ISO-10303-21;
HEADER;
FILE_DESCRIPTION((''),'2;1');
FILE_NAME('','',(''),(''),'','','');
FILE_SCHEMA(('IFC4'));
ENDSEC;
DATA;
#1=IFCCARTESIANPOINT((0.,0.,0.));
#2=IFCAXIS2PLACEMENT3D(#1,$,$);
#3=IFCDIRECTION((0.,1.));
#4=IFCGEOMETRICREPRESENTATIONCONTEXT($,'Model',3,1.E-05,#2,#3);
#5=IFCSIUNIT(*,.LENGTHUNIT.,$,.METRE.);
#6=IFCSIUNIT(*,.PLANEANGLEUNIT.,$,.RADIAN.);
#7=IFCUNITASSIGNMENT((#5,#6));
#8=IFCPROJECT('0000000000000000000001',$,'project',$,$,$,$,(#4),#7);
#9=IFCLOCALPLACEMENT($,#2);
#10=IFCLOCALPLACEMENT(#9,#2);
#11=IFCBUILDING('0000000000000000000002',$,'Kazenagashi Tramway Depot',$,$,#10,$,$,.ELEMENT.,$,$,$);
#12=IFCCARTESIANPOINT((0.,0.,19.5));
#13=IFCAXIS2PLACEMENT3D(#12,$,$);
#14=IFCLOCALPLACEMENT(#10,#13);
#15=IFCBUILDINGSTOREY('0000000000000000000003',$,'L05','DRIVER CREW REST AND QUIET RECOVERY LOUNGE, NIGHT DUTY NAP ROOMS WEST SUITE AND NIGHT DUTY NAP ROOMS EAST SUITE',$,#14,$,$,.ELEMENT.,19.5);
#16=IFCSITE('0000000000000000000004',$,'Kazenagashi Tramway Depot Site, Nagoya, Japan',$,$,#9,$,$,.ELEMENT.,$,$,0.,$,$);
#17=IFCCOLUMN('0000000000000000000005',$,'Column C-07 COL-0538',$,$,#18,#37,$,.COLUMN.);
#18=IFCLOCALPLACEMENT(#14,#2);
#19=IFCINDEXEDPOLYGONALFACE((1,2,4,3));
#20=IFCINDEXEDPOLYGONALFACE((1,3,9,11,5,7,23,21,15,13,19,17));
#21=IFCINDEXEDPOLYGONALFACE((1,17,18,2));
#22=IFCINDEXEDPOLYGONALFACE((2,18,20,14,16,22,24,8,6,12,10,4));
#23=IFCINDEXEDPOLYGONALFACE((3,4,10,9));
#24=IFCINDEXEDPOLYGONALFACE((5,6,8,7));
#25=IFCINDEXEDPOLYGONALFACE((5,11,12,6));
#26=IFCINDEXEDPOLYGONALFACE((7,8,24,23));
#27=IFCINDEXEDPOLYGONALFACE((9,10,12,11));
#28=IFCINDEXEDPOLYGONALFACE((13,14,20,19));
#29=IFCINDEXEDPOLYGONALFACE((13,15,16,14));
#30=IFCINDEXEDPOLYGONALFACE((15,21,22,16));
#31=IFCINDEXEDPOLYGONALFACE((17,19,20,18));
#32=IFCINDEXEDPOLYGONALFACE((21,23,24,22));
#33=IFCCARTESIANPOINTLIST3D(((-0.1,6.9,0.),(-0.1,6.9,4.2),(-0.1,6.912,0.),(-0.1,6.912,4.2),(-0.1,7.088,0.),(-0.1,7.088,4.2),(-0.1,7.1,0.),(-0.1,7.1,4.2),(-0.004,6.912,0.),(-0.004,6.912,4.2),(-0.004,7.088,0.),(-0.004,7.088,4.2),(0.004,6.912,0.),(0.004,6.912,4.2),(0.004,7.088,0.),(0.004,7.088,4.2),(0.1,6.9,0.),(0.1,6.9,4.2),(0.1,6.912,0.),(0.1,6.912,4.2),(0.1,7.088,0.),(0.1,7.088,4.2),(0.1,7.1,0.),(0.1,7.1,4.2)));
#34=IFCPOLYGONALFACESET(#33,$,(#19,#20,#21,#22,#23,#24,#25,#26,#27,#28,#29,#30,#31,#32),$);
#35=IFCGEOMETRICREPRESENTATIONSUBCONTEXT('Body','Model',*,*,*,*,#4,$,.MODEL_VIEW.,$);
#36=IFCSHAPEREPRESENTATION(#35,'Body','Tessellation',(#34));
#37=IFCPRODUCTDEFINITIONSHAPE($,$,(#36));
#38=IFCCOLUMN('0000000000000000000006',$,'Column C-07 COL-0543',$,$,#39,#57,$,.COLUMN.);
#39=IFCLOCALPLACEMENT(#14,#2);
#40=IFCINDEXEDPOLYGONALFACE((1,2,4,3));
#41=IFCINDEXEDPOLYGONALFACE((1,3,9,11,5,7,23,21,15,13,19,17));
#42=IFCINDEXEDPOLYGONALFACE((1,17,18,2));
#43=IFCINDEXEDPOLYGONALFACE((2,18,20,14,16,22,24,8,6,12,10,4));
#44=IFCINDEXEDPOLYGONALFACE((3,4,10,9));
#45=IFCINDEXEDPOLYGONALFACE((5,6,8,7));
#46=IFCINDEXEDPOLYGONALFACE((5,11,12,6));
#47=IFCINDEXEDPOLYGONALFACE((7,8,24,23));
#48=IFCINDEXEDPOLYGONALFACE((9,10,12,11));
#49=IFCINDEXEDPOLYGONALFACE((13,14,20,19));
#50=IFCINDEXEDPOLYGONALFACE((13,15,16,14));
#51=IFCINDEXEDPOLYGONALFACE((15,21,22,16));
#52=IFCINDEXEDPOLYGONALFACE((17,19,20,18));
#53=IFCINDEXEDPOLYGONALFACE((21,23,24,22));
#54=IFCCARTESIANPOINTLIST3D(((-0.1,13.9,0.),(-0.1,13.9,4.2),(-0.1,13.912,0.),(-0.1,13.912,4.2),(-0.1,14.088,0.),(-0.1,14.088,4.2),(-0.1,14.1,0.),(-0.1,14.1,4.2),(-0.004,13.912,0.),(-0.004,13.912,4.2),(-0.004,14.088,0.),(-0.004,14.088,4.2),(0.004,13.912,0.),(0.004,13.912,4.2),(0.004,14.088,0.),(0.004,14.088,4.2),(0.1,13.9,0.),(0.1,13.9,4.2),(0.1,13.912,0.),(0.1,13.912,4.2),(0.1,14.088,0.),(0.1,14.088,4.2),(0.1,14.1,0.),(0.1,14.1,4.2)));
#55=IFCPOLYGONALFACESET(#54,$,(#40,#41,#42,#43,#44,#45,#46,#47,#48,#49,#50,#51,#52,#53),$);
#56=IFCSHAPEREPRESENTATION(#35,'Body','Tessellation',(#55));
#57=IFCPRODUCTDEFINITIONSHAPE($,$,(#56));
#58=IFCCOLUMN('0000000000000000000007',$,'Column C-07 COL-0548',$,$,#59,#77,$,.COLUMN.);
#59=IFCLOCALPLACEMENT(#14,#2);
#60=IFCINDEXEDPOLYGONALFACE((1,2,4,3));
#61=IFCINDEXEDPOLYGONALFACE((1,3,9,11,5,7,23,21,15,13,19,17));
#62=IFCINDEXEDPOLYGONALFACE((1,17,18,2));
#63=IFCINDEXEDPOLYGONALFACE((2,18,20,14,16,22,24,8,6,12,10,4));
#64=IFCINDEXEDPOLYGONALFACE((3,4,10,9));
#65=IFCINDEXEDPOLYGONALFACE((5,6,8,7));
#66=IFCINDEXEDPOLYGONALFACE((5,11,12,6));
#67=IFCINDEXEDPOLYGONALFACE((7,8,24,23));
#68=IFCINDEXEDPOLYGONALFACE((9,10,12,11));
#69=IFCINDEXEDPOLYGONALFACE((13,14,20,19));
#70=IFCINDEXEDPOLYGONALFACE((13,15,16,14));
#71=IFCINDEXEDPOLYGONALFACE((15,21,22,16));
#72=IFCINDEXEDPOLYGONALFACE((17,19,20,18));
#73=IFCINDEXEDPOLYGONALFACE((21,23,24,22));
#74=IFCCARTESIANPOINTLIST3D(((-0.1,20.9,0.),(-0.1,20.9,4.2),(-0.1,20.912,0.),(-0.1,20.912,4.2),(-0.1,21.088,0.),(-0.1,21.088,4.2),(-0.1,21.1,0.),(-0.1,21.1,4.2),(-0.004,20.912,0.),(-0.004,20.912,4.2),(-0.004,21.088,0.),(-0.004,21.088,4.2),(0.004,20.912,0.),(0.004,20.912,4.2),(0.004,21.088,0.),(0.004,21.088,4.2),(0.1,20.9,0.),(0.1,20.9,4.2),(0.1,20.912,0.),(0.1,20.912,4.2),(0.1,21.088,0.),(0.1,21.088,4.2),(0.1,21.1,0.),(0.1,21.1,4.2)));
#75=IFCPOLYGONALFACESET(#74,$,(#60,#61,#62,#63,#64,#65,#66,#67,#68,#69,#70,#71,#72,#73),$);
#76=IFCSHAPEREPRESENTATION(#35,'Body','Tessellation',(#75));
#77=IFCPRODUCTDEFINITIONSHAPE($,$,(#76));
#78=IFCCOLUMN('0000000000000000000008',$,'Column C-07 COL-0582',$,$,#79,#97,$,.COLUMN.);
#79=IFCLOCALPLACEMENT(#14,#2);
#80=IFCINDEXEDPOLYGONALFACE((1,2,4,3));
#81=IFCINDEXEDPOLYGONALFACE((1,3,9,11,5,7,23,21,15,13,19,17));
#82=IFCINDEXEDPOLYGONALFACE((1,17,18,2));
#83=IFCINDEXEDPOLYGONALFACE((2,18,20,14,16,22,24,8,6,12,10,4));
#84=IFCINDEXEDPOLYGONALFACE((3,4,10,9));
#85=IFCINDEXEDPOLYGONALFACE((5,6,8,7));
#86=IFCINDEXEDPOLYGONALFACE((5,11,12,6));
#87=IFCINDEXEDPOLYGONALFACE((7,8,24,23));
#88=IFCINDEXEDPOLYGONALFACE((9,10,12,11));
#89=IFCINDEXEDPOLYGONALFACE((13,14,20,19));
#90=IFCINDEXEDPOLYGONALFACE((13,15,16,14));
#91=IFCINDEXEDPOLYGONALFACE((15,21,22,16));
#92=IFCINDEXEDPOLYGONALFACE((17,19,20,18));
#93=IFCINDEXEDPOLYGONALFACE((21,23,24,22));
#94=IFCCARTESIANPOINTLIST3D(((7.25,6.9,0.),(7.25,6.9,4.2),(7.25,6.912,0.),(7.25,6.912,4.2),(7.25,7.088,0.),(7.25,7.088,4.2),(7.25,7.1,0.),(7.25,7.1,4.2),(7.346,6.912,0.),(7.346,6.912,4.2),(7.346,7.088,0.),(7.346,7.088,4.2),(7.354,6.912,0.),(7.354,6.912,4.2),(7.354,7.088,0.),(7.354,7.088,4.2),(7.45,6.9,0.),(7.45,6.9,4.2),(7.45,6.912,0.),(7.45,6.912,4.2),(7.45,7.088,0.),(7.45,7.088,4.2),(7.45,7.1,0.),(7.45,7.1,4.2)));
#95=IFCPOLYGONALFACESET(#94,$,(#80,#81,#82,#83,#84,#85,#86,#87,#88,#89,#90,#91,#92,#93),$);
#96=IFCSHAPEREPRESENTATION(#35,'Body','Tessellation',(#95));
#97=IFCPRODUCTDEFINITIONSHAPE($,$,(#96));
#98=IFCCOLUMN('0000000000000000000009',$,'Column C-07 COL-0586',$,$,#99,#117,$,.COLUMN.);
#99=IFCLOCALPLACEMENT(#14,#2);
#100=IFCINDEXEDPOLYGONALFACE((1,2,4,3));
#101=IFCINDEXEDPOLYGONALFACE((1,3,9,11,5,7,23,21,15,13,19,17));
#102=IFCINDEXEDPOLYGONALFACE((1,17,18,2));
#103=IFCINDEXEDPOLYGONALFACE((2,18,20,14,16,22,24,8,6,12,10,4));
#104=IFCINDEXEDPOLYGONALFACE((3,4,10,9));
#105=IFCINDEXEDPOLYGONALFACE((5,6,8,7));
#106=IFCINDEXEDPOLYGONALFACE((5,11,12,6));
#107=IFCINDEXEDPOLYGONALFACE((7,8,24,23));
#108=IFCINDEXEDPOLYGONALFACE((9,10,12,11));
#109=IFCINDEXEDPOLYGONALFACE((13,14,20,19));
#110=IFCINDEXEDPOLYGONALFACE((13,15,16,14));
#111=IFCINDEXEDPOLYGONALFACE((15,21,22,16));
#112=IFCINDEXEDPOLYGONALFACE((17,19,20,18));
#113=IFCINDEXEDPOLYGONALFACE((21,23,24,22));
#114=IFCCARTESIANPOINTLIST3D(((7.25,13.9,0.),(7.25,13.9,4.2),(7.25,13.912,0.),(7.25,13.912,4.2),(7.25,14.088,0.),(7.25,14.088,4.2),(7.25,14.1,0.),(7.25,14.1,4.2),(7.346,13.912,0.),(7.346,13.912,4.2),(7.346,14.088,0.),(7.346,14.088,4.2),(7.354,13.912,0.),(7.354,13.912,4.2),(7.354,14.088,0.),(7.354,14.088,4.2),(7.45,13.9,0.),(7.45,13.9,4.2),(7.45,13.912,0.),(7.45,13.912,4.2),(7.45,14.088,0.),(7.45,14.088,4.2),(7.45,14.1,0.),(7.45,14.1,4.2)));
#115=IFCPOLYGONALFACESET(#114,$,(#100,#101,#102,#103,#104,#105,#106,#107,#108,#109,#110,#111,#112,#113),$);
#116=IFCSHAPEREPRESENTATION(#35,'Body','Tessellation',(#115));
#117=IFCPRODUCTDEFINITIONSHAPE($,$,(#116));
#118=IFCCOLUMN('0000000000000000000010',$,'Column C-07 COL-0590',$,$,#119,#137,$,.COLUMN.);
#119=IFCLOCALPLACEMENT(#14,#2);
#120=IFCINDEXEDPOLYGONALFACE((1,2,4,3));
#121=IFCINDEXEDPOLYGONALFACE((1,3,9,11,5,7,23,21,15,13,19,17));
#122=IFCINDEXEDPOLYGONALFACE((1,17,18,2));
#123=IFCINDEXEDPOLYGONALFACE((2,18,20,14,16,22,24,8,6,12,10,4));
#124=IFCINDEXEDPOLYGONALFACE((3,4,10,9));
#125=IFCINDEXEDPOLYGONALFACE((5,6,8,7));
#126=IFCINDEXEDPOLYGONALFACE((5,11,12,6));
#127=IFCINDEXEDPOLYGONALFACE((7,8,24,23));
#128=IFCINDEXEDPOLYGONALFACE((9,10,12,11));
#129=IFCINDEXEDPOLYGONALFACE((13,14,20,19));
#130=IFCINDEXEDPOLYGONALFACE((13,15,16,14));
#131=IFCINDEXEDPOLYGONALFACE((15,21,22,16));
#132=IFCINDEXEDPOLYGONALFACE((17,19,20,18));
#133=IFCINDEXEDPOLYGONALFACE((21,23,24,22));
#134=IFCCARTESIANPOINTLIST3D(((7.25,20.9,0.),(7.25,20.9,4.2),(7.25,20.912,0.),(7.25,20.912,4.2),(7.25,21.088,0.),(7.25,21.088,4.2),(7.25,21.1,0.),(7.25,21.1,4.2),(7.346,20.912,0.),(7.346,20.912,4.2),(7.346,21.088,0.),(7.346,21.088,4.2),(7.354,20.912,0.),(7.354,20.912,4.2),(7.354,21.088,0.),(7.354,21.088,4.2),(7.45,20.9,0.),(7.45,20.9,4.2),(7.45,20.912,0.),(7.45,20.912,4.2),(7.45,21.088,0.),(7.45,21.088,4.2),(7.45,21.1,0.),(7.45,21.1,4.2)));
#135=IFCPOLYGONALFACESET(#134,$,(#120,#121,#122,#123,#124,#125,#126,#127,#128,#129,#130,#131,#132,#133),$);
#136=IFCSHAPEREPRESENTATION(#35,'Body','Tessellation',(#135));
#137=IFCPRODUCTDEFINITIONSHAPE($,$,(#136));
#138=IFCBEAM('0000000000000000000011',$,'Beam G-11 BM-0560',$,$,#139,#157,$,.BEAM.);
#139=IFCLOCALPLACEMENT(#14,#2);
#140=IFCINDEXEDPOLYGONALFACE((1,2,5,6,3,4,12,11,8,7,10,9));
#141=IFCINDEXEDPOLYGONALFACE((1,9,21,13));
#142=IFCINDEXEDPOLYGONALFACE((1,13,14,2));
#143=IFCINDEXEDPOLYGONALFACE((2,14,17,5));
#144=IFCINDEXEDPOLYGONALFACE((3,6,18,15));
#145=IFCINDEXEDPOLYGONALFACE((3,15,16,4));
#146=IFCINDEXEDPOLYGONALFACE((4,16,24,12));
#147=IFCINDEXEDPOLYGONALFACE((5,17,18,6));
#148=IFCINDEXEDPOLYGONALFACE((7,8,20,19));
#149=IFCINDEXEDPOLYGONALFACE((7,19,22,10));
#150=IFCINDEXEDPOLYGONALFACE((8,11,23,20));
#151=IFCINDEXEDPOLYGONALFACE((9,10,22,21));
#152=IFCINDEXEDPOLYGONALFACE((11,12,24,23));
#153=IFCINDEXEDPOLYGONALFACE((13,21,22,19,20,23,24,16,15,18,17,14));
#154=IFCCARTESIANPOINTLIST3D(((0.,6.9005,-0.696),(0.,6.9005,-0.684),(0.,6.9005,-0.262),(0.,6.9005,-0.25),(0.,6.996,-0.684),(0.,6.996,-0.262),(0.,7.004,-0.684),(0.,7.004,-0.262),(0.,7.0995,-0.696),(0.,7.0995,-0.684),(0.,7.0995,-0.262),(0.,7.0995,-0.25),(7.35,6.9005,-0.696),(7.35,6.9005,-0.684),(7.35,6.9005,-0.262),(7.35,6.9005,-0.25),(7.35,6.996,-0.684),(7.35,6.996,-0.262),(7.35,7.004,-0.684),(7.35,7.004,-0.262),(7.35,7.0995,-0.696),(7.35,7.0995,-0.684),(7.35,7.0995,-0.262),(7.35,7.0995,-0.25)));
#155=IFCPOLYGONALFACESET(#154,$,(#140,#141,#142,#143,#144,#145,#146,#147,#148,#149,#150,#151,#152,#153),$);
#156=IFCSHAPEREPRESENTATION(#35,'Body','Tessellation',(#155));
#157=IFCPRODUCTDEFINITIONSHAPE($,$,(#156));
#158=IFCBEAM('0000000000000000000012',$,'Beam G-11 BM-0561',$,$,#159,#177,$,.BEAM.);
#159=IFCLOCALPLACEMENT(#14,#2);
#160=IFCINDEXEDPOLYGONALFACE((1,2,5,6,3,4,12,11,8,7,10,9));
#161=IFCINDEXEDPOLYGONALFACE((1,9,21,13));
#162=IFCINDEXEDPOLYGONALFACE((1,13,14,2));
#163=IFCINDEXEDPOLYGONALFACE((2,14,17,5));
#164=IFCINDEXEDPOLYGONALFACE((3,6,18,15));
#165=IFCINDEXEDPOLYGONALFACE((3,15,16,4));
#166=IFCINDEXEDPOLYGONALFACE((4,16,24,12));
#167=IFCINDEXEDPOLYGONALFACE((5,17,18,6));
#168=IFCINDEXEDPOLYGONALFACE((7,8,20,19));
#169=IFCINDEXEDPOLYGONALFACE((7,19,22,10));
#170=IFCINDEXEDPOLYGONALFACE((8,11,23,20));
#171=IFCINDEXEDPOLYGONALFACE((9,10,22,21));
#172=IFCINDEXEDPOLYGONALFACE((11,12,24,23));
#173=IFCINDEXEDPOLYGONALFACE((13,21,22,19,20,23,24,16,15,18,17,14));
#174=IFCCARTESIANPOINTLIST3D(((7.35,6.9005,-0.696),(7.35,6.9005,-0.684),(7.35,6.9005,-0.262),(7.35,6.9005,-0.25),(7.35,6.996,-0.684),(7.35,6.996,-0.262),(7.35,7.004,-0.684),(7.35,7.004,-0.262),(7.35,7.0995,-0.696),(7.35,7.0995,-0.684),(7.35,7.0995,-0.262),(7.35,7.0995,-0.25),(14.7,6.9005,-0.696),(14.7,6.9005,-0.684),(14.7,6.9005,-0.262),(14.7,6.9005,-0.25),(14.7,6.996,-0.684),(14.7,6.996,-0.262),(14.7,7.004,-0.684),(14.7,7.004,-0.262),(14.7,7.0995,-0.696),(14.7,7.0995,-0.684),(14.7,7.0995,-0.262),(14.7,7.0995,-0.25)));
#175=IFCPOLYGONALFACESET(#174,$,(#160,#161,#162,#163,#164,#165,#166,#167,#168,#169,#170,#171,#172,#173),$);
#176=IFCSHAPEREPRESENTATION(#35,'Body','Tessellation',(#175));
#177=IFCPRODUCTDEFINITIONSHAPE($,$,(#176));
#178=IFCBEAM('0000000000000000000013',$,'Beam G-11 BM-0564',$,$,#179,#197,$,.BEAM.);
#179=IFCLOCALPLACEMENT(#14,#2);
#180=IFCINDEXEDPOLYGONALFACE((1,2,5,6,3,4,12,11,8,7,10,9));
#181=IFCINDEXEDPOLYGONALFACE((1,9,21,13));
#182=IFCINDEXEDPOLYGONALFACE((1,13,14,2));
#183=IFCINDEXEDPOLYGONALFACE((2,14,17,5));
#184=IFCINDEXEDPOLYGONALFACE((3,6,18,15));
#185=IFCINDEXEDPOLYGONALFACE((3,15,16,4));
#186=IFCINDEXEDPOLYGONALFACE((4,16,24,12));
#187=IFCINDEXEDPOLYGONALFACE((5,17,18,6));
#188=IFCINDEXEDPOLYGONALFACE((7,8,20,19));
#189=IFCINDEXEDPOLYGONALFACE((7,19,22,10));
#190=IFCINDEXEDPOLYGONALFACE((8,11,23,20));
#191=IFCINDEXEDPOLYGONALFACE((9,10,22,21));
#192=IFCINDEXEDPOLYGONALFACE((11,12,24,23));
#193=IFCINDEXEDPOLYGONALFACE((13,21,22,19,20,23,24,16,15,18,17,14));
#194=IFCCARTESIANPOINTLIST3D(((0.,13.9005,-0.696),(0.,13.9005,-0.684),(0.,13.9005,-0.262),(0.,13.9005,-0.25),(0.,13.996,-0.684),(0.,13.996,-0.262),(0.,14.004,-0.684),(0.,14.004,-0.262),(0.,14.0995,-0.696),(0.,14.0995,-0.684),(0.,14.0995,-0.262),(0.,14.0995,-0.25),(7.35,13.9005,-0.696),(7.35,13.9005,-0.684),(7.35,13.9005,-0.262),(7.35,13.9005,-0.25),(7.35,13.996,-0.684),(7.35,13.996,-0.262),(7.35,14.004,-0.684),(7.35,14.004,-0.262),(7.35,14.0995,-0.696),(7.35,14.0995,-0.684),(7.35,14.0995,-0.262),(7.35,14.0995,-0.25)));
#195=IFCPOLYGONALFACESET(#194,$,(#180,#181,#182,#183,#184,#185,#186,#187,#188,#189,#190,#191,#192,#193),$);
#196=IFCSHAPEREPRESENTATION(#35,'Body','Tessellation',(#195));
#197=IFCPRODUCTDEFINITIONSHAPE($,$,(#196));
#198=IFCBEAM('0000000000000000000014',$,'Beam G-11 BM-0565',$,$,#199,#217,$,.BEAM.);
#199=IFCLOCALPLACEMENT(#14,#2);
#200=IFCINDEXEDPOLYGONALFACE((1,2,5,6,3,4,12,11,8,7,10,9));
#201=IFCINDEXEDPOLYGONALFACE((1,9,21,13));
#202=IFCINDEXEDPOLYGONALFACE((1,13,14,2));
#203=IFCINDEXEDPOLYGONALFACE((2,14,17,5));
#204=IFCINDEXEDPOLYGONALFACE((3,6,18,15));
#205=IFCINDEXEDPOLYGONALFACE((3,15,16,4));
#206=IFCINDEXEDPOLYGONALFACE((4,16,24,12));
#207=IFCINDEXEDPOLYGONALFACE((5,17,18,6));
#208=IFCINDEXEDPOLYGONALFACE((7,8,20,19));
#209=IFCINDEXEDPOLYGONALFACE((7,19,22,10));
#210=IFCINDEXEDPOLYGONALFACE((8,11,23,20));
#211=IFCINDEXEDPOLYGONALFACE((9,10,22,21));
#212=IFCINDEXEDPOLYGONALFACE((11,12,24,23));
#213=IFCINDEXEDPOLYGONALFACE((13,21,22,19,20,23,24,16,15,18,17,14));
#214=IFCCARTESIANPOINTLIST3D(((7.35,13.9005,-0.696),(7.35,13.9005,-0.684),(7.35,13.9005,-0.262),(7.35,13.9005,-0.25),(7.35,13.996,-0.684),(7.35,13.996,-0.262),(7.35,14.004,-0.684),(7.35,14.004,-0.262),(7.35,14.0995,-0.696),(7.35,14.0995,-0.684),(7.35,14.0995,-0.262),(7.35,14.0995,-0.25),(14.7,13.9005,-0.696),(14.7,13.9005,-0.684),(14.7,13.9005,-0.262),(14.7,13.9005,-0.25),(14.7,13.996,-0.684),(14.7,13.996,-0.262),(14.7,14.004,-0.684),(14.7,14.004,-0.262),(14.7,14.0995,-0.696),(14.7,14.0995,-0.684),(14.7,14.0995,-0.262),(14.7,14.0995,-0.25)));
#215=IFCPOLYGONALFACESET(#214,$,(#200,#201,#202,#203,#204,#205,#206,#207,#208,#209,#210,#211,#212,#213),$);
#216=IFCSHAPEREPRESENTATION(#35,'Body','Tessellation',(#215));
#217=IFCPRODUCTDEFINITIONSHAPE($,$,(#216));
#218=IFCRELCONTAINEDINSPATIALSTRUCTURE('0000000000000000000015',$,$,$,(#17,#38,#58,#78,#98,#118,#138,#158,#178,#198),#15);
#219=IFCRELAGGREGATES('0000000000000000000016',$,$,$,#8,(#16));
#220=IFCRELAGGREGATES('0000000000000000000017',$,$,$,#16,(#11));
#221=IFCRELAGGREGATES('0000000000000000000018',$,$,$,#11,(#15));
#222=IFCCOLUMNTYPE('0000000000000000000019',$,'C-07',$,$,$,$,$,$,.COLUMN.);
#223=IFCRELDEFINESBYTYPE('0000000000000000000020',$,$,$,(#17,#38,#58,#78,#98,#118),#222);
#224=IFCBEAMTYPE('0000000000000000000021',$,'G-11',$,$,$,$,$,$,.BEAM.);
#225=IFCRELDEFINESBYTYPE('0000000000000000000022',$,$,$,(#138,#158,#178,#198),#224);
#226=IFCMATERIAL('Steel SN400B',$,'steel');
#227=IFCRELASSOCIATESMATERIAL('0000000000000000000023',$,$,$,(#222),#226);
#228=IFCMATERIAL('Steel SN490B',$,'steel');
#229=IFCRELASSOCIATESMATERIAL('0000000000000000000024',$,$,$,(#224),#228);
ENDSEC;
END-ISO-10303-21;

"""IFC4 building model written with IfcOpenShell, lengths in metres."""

from ifc_helpers import new_model, si_unit, direction, frame, origin, origin_2d, place, context, subcontext, project, spatial, i_section, extrude, material, material_profile, profile_set, type_object, element, save


model = new_model("IFC4")

# Units and contexts
model_context = context("Model", 3, precision=1e-05, world=origin(), true_north=direction((0.0, 1.0)))
body_context = subcontext(model_context, "Body", "Model", "MODEL_VIEW")
ifc_project = project(units=[si_unit("LENGTHUNIT", "METRE"), si_unit("PLANEANGLEUNIT", "RADIAN")], contexts=[model_context])

# Site, building, storey
site_placement = place(None, origin())
site = spatial("IfcSite", under=ifc_project, at=site_placement, Name="Kazenagashi Tramway Depot Site, Nagoya, Japan", CompositionType="ELEMENT", RefElevation=0.0)
building_placement = place(site_placement, origin())
building = spatial("IfcBuilding", under=site, at=building_placement, Name="Kazenagashi Tramway Depot", CompositionType="ELEMENT")
storey_placement = place(building_placement, frame((0.0, 0.0, 19.5)))
storey = spatial("IfcBuildingStorey", under=building, at=storey_placement, Name="L05", Description="DRIVER CREW REST AND QUIET RECOVERY LOUNGE, NIGHT DUTY NAP ROOMS WEST SUITE AND NIGHT DUTY NAP ROOMS EAST SUITE", CompositionType="ELEMENT", Elevation=19.5)

# Columns
ifc_material_1 = material(Name="Steel SN400B", Category="steel")
ifc_material_profile_1 = material_profile(ifc_material_1, i_section(OverallWidth=0.2, OverallDepth=0.2, WebThickness=0.008, FlangeThickness=0.012, at=origin_2d()), Name="H-200x200x8x12")
ifc_profile_set_1 = profile_set([ifc_material_profile_1], Name="Steel SN400B")
column_type = type_object("IfcColumnType", Name="C-07", PredefinedType="COLUMN", material=ifc_profile_set_1)
for number, where, z_axis, x_axis, name in (
    (1, (0.0, 7.0, 0.0), (0.0, 0.0, 1.0), (1.0, 0.0, 0.0), "Column C-07 COL-0538"),
    (2, (0.0, 14.0, 0.0), (0.0, 0.0, 1.0), (1.0, 0.0, 0.0), "Column C-07 COL-0543"),
    (3, (0.0, 21.0, 0.0), (0.0, 0.0, 1.0), (1.0, 0.0, 0.0), "Column C-07 COL-0548"),
    (4, (7.35, 7.0, 0.0), (0.0, 0.0, 1.0), (1.0, 0.0, 0.0), "Column C-07 COL-0582"),
    (5, (7.35, 14.0, 0.0), (0.0, 0.0, 1.0), (1.0, 0.0, 0.0), "Column C-07 COL-0586"),
    (6, (7.35, 21.0, 0.0), (0.0, 0.0, 1.0), (1.0, 0.0, 0.0), "Column C-07 COL-0590"),
):
    element("IfcColumn", number, at=place(storey_placement, frame(where, z_axis=z_axis, x_axis=x_axis)), inside=storey, type_object=column_type, Name=name, PredefinedType="COLUMN", context=body_context, shape_type="SweptSolid", body=[
        extrude(i_section(OverallWidth=0.2, OverallDepth=0.2, WebThickness=0.008, FlangeThickness=0.012, at=origin_2d()), origin(), (0.0, 0.0, 1.0), 4.2),
    ])

# Beams
ifc_material_2 = material(Name="Steel SN490B", Category="steel")
ifc_material_profile_2 = material_profile(ifc_material_2, i_section(OverallWidth=0.199, OverallDepth=0.446, WebThickness=0.008, FlangeThickness=0.012, at=origin_2d()), Name="H-446x199x8x12")
ifc_profile_set_2 = profile_set([ifc_material_profile_2], Name="Steel SN490B")
beam_type_1 = type_object("IfcBeamType", Name="G-11", PredefinedType="BEAM", material=ifc_profile_set_2)
for number, where, z_axis, x_axis, name in (
    (7, (0.0, 7.0, -0.473), (1.0, 0.0, 0.0), (0.0, 1.0, 0.0), "Beam G-11 BM-0560"),
    (8, (7.35, 7.0, -0.473), (1.0, 0.0, 0.0), (0.0, 1.0, 0.0), "Beam G-11 BM-0561"),
    (9, (0.0, 14.0, -0.473), (1.0, 0.0, 0.0), (0.0, 1.0, 0.0), "Beam G-11 BM-0564"),
    (10, (7.35, 14.0, -0.473), (1.0, 0.0, 0.0), (0.0, 1.0, 0.0), "Beam G-11 BM-0565"),
):
    element("IfcBeam", number, at=place(storey_placement, frame(where, z_axis=z_axis, x_axis=x_axis)), inside=storey, type_object=beam_type_1, Name=name, PredefinedType="BEAM", context=body_context, shape_type="SweptSolid", body=[
        extrude(i_section(OverallWidth=0.199, OverallDepth=0.446, WebThickness=0.008, FlangeThickness=0.012, at=origin_2d()), origin(), (0.0, 0.0, 1.0), 7.35),
    ])

save(model, "model.ifc")
